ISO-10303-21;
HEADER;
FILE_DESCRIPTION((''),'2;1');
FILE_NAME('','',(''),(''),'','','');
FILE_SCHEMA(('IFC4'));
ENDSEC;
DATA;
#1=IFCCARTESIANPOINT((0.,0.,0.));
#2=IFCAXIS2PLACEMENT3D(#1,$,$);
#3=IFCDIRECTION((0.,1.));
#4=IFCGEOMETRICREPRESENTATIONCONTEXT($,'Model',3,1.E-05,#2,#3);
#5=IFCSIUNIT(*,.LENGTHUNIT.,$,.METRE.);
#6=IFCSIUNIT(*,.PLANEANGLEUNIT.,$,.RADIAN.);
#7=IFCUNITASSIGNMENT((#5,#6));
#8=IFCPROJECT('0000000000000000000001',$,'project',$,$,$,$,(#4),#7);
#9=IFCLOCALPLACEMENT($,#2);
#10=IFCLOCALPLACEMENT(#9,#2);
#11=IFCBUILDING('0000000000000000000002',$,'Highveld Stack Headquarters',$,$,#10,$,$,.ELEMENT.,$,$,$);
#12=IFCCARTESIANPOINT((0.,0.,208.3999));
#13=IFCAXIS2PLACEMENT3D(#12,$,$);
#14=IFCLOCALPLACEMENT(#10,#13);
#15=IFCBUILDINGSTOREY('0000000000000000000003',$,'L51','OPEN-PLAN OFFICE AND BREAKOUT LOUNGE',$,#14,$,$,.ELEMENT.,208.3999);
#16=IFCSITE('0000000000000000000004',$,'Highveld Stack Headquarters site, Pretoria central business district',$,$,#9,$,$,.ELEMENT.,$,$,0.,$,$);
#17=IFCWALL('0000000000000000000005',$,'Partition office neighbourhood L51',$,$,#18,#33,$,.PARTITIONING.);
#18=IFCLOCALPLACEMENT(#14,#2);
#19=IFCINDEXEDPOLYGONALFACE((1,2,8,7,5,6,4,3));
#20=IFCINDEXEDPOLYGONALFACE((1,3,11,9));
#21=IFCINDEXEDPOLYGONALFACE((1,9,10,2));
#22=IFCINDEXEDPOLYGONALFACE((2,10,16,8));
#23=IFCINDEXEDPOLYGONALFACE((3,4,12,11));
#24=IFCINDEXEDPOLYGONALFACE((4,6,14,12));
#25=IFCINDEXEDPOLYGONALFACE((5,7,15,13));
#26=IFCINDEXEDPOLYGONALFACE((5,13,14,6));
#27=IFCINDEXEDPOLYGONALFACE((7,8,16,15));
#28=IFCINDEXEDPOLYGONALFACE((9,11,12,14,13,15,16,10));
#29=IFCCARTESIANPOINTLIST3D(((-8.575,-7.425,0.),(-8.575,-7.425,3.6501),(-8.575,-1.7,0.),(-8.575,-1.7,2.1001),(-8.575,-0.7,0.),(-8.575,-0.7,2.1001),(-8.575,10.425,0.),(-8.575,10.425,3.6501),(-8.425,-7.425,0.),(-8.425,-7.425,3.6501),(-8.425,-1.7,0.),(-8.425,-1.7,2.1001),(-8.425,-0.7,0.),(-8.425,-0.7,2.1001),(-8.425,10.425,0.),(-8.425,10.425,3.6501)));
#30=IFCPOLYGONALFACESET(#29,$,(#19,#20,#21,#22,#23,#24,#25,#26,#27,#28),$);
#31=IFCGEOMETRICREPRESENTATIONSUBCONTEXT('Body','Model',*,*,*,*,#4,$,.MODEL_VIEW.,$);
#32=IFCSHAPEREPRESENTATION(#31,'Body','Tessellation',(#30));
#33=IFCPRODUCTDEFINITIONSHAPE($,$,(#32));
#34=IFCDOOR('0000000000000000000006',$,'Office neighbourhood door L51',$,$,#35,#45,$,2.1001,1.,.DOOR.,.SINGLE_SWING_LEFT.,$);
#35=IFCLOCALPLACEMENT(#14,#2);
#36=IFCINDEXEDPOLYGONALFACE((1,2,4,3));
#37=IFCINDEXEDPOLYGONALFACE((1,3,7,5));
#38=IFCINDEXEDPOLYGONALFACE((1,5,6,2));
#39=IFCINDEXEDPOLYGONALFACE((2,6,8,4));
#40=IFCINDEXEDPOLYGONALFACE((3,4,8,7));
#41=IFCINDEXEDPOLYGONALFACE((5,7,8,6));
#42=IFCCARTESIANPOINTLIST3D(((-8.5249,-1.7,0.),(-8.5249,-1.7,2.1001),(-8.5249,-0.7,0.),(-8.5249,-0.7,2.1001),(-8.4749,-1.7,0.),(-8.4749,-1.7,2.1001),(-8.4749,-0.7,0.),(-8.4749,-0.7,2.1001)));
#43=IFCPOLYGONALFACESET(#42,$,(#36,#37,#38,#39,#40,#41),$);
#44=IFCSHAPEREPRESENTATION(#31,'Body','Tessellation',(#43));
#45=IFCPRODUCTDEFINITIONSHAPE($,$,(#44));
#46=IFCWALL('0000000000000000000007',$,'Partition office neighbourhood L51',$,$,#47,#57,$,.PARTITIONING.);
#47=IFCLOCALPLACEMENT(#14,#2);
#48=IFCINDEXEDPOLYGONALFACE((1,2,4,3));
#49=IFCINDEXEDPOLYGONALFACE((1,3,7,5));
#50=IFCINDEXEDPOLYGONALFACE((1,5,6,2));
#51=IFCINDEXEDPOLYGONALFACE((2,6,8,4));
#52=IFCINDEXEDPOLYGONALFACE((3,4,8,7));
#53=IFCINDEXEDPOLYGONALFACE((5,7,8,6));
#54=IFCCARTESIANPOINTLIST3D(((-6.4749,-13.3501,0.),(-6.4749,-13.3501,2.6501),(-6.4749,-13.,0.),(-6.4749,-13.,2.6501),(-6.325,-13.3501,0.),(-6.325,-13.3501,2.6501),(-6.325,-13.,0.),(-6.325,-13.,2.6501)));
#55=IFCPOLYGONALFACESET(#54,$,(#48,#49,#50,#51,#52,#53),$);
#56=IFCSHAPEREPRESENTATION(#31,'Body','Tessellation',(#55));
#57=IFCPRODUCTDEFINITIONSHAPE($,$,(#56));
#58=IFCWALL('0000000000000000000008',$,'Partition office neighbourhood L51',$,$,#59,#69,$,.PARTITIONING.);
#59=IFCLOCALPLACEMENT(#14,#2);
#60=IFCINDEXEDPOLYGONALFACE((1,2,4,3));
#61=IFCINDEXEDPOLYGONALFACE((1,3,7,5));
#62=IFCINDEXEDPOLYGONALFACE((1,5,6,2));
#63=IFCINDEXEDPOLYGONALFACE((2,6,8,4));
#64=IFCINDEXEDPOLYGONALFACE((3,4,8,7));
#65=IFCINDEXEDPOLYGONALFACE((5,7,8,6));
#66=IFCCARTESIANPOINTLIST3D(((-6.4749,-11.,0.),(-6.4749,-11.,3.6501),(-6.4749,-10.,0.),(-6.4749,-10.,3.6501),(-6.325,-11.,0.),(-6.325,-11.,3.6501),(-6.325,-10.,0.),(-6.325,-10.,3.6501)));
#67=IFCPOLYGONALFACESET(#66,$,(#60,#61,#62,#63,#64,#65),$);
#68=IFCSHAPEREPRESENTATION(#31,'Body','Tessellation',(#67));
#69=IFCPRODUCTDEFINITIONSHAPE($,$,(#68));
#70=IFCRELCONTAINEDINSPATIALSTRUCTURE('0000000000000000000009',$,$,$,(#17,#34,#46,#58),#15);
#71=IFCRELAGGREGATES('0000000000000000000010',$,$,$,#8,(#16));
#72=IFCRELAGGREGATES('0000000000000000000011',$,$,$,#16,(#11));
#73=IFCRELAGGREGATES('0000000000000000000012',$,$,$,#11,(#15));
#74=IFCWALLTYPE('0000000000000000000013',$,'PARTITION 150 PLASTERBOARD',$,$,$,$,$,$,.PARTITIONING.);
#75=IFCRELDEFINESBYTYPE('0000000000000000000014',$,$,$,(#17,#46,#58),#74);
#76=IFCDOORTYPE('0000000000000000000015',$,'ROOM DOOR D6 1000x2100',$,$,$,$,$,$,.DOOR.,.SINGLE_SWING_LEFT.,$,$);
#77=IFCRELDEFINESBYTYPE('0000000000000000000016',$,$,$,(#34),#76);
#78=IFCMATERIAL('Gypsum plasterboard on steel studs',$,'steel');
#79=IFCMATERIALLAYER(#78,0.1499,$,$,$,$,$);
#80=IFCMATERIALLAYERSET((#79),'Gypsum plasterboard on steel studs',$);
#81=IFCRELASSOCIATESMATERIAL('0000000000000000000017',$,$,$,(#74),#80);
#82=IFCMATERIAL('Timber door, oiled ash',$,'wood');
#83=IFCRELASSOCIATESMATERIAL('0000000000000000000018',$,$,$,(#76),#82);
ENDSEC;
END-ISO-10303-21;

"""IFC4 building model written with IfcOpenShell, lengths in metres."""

from ifc_helpers import new_model, si_unit, direction, frame, frame_2d, origin, place, context, subcontext, project, spatial, rectangle, extrude, material, layer, layer_set, type_object, element, fill, save


model = new_model("IFC4")

# Units and contexts
model_context = context("Model", 3, precision=1e-05, world=origin(), true_north=direction((0.0, 1.0)))
body_context = subcontext(model_context, "Body", "Model", "MODEL_VIEW")
ifc_project = project(units=[si_unit("LENGTHUNIT", "METRE"), si_unit("PLANEANGLEUNIT", "RADIAN")], contexts=[model_context])

# Site, building, storey
site_placement = place(None, origin())
site = spatial("IfcSite", under=ifc_project, at=site_placement, Name="Highveld Stack Headquarters site, Pretoria central business district", CompositionType="ELEMENT", RefElevation=0.0)
building_placement = place(site_placement, origin())
building = spatial("IfcBuilding", under=site, at=building_placement, Name="Highveld Stack Headquarters", CompositionType="ELEMENT")
storey_placement = place(building_placement, frame((0.0, 0.0, 208.3999)))
storey = spatial("IfcBuildingStorey", under=building, at=storey_placement, Name="L51", Description="OPEN-PLAN OFFICE AND BREAKOUT LOUNGE", CompositionType="ELEMENT", Elevation=208.3999)

# Shared definitions
ifc_material_1 = material(Name="Gypsum plasterboard on steel studs", Category="steel")
ifc_layer_1 = layer(ifc_material_1, 0.1499)
ifc_layer_set_1 = layer_set([ifc_layer_1], Name="Gypsum plasterboard on steel studs")
wall_type_1 = type_object("IfcWallType", Name="PARTITION 150 PLASTERBOARD", PredefinedType="PARTITIONING", material=ifc_layer_set_1)

# Wall, opening, door
ifc_material_2 = material(Name="Timber door, oiled ash", Category="wood")
door_type_1 = type_object("IfcDoorType", Name="ROOM DOOR D6 1000x2100", OperationType="SINGLE_SWING_LEFT", PredefinedType="DOOR", material=ifc_material_2)
wall_1_placement = place(storey_placement, frame((-8.5, -7.425, 0.0), z_axis=(0.0, 0.0, 1.0), x_axis=(0.0, 1.0, 0.0)))
wall_1 = element("IfcWall", 1, at=wall_1_placement, inside=storey, type_object=wall_type_1, Name="Partition office neighbourhood L51", PredefinedType="PARTITIONING", context=body_context, shape_type="SweptSolid", body=[
    extrude(rectangle(XDim=17.8501, YDim=0.1499, at=frame_2d((8.925, 0.0))), origin(), (0.0, 0.0, 1.0), 3.6501),
])
opening_1_placement = place(wall_1_placement, frame((5.7251, 0.0, 0.0)))
opening_1 = element("IfcOpeningElement", 2, at=opening_1_placement, cuts=wall_1, PredefinedType="OPENING", context=body_context, shape_type="SweptSolid", body=[
    extrude(rectangle(XDim=1.0, YDim=2.1001, at=frame_2d((0.5, 1.05))), frame((0.0, 0.085, 0.0), z_axis=(0.0, -1.0, 0.0), x_axis=(1.0, 0.0, 0.0)), (0.0, 0.0, 1.0), 0.1699),
])
door_1_placement = place(opening_1_placement, origin())
door_1 = element("IfcDoor", 3, at=door_1_placement, inside=storey, type_object=door_type_1, Name="Office neighbourhood door L51", OperationType="SINGLE_SWING_LEFT", OverallHeight=2.1001, OverallWidth=1.0, PredefinedType="DOOR", context=body_context, shape_type="SweptSolid", body=[
    extrude(rectangle(XDim=1.0, YDim=2.1001, at=frame_2d((0.5, 1.05))), frame((0.0, 0.0249, 0.0), z_axis=(0.0, -1.0, 0.0), x_axis=(1.0, 0.0, 0.0)), (0.0, 0.0, 1.0), 0.05),
])
fill(opening_1, door_1)

# Walls
wall_2_placement = place(storey_placement, frame((-6.3999, -13.3501, 0.0), z_axis=(0.0, 0.0, 1.0), x_axis=(0.0, 1.0, 0.0)))
element("IfcWall", 4, at=wall_2_placement, inside=storey, type_object=wall_type_1, Name="Partition office neighbourhood L51", PredefinedType="PARTITIONING", context=body_context, shape_type="SweptSolid", body=[
    extrude(rectangle(XDim=0.3501, YDim=0.1499, at=frame_2d((0.175, 0.0))), origin(), (0.0, 0.0, 1.0), 2.6501),
])
wall_3_placement = place(storey_placement, frame((-6.3999, -11.0, 0.0), z_axis=(0.0, 0.0, 1.0), x_axis=(0.0, 1.0, 0.0)))
element("IfcWall", 5, at=wall_3_placement, inside=storey, type_object=wall_type_1, Name="Partition office neighbourhood L51", PredefinedType="PARTITIONING", context=body_context, shape_type="SweptSolid", body=[
    extrude(rectangle(XDim=1.0, YDim=0.1499, at=frame_2d((0.5, 0.0))), origin(), (0.0, 0.0, 1.0), 3.6501),
])

save(model, "model.ifc")
